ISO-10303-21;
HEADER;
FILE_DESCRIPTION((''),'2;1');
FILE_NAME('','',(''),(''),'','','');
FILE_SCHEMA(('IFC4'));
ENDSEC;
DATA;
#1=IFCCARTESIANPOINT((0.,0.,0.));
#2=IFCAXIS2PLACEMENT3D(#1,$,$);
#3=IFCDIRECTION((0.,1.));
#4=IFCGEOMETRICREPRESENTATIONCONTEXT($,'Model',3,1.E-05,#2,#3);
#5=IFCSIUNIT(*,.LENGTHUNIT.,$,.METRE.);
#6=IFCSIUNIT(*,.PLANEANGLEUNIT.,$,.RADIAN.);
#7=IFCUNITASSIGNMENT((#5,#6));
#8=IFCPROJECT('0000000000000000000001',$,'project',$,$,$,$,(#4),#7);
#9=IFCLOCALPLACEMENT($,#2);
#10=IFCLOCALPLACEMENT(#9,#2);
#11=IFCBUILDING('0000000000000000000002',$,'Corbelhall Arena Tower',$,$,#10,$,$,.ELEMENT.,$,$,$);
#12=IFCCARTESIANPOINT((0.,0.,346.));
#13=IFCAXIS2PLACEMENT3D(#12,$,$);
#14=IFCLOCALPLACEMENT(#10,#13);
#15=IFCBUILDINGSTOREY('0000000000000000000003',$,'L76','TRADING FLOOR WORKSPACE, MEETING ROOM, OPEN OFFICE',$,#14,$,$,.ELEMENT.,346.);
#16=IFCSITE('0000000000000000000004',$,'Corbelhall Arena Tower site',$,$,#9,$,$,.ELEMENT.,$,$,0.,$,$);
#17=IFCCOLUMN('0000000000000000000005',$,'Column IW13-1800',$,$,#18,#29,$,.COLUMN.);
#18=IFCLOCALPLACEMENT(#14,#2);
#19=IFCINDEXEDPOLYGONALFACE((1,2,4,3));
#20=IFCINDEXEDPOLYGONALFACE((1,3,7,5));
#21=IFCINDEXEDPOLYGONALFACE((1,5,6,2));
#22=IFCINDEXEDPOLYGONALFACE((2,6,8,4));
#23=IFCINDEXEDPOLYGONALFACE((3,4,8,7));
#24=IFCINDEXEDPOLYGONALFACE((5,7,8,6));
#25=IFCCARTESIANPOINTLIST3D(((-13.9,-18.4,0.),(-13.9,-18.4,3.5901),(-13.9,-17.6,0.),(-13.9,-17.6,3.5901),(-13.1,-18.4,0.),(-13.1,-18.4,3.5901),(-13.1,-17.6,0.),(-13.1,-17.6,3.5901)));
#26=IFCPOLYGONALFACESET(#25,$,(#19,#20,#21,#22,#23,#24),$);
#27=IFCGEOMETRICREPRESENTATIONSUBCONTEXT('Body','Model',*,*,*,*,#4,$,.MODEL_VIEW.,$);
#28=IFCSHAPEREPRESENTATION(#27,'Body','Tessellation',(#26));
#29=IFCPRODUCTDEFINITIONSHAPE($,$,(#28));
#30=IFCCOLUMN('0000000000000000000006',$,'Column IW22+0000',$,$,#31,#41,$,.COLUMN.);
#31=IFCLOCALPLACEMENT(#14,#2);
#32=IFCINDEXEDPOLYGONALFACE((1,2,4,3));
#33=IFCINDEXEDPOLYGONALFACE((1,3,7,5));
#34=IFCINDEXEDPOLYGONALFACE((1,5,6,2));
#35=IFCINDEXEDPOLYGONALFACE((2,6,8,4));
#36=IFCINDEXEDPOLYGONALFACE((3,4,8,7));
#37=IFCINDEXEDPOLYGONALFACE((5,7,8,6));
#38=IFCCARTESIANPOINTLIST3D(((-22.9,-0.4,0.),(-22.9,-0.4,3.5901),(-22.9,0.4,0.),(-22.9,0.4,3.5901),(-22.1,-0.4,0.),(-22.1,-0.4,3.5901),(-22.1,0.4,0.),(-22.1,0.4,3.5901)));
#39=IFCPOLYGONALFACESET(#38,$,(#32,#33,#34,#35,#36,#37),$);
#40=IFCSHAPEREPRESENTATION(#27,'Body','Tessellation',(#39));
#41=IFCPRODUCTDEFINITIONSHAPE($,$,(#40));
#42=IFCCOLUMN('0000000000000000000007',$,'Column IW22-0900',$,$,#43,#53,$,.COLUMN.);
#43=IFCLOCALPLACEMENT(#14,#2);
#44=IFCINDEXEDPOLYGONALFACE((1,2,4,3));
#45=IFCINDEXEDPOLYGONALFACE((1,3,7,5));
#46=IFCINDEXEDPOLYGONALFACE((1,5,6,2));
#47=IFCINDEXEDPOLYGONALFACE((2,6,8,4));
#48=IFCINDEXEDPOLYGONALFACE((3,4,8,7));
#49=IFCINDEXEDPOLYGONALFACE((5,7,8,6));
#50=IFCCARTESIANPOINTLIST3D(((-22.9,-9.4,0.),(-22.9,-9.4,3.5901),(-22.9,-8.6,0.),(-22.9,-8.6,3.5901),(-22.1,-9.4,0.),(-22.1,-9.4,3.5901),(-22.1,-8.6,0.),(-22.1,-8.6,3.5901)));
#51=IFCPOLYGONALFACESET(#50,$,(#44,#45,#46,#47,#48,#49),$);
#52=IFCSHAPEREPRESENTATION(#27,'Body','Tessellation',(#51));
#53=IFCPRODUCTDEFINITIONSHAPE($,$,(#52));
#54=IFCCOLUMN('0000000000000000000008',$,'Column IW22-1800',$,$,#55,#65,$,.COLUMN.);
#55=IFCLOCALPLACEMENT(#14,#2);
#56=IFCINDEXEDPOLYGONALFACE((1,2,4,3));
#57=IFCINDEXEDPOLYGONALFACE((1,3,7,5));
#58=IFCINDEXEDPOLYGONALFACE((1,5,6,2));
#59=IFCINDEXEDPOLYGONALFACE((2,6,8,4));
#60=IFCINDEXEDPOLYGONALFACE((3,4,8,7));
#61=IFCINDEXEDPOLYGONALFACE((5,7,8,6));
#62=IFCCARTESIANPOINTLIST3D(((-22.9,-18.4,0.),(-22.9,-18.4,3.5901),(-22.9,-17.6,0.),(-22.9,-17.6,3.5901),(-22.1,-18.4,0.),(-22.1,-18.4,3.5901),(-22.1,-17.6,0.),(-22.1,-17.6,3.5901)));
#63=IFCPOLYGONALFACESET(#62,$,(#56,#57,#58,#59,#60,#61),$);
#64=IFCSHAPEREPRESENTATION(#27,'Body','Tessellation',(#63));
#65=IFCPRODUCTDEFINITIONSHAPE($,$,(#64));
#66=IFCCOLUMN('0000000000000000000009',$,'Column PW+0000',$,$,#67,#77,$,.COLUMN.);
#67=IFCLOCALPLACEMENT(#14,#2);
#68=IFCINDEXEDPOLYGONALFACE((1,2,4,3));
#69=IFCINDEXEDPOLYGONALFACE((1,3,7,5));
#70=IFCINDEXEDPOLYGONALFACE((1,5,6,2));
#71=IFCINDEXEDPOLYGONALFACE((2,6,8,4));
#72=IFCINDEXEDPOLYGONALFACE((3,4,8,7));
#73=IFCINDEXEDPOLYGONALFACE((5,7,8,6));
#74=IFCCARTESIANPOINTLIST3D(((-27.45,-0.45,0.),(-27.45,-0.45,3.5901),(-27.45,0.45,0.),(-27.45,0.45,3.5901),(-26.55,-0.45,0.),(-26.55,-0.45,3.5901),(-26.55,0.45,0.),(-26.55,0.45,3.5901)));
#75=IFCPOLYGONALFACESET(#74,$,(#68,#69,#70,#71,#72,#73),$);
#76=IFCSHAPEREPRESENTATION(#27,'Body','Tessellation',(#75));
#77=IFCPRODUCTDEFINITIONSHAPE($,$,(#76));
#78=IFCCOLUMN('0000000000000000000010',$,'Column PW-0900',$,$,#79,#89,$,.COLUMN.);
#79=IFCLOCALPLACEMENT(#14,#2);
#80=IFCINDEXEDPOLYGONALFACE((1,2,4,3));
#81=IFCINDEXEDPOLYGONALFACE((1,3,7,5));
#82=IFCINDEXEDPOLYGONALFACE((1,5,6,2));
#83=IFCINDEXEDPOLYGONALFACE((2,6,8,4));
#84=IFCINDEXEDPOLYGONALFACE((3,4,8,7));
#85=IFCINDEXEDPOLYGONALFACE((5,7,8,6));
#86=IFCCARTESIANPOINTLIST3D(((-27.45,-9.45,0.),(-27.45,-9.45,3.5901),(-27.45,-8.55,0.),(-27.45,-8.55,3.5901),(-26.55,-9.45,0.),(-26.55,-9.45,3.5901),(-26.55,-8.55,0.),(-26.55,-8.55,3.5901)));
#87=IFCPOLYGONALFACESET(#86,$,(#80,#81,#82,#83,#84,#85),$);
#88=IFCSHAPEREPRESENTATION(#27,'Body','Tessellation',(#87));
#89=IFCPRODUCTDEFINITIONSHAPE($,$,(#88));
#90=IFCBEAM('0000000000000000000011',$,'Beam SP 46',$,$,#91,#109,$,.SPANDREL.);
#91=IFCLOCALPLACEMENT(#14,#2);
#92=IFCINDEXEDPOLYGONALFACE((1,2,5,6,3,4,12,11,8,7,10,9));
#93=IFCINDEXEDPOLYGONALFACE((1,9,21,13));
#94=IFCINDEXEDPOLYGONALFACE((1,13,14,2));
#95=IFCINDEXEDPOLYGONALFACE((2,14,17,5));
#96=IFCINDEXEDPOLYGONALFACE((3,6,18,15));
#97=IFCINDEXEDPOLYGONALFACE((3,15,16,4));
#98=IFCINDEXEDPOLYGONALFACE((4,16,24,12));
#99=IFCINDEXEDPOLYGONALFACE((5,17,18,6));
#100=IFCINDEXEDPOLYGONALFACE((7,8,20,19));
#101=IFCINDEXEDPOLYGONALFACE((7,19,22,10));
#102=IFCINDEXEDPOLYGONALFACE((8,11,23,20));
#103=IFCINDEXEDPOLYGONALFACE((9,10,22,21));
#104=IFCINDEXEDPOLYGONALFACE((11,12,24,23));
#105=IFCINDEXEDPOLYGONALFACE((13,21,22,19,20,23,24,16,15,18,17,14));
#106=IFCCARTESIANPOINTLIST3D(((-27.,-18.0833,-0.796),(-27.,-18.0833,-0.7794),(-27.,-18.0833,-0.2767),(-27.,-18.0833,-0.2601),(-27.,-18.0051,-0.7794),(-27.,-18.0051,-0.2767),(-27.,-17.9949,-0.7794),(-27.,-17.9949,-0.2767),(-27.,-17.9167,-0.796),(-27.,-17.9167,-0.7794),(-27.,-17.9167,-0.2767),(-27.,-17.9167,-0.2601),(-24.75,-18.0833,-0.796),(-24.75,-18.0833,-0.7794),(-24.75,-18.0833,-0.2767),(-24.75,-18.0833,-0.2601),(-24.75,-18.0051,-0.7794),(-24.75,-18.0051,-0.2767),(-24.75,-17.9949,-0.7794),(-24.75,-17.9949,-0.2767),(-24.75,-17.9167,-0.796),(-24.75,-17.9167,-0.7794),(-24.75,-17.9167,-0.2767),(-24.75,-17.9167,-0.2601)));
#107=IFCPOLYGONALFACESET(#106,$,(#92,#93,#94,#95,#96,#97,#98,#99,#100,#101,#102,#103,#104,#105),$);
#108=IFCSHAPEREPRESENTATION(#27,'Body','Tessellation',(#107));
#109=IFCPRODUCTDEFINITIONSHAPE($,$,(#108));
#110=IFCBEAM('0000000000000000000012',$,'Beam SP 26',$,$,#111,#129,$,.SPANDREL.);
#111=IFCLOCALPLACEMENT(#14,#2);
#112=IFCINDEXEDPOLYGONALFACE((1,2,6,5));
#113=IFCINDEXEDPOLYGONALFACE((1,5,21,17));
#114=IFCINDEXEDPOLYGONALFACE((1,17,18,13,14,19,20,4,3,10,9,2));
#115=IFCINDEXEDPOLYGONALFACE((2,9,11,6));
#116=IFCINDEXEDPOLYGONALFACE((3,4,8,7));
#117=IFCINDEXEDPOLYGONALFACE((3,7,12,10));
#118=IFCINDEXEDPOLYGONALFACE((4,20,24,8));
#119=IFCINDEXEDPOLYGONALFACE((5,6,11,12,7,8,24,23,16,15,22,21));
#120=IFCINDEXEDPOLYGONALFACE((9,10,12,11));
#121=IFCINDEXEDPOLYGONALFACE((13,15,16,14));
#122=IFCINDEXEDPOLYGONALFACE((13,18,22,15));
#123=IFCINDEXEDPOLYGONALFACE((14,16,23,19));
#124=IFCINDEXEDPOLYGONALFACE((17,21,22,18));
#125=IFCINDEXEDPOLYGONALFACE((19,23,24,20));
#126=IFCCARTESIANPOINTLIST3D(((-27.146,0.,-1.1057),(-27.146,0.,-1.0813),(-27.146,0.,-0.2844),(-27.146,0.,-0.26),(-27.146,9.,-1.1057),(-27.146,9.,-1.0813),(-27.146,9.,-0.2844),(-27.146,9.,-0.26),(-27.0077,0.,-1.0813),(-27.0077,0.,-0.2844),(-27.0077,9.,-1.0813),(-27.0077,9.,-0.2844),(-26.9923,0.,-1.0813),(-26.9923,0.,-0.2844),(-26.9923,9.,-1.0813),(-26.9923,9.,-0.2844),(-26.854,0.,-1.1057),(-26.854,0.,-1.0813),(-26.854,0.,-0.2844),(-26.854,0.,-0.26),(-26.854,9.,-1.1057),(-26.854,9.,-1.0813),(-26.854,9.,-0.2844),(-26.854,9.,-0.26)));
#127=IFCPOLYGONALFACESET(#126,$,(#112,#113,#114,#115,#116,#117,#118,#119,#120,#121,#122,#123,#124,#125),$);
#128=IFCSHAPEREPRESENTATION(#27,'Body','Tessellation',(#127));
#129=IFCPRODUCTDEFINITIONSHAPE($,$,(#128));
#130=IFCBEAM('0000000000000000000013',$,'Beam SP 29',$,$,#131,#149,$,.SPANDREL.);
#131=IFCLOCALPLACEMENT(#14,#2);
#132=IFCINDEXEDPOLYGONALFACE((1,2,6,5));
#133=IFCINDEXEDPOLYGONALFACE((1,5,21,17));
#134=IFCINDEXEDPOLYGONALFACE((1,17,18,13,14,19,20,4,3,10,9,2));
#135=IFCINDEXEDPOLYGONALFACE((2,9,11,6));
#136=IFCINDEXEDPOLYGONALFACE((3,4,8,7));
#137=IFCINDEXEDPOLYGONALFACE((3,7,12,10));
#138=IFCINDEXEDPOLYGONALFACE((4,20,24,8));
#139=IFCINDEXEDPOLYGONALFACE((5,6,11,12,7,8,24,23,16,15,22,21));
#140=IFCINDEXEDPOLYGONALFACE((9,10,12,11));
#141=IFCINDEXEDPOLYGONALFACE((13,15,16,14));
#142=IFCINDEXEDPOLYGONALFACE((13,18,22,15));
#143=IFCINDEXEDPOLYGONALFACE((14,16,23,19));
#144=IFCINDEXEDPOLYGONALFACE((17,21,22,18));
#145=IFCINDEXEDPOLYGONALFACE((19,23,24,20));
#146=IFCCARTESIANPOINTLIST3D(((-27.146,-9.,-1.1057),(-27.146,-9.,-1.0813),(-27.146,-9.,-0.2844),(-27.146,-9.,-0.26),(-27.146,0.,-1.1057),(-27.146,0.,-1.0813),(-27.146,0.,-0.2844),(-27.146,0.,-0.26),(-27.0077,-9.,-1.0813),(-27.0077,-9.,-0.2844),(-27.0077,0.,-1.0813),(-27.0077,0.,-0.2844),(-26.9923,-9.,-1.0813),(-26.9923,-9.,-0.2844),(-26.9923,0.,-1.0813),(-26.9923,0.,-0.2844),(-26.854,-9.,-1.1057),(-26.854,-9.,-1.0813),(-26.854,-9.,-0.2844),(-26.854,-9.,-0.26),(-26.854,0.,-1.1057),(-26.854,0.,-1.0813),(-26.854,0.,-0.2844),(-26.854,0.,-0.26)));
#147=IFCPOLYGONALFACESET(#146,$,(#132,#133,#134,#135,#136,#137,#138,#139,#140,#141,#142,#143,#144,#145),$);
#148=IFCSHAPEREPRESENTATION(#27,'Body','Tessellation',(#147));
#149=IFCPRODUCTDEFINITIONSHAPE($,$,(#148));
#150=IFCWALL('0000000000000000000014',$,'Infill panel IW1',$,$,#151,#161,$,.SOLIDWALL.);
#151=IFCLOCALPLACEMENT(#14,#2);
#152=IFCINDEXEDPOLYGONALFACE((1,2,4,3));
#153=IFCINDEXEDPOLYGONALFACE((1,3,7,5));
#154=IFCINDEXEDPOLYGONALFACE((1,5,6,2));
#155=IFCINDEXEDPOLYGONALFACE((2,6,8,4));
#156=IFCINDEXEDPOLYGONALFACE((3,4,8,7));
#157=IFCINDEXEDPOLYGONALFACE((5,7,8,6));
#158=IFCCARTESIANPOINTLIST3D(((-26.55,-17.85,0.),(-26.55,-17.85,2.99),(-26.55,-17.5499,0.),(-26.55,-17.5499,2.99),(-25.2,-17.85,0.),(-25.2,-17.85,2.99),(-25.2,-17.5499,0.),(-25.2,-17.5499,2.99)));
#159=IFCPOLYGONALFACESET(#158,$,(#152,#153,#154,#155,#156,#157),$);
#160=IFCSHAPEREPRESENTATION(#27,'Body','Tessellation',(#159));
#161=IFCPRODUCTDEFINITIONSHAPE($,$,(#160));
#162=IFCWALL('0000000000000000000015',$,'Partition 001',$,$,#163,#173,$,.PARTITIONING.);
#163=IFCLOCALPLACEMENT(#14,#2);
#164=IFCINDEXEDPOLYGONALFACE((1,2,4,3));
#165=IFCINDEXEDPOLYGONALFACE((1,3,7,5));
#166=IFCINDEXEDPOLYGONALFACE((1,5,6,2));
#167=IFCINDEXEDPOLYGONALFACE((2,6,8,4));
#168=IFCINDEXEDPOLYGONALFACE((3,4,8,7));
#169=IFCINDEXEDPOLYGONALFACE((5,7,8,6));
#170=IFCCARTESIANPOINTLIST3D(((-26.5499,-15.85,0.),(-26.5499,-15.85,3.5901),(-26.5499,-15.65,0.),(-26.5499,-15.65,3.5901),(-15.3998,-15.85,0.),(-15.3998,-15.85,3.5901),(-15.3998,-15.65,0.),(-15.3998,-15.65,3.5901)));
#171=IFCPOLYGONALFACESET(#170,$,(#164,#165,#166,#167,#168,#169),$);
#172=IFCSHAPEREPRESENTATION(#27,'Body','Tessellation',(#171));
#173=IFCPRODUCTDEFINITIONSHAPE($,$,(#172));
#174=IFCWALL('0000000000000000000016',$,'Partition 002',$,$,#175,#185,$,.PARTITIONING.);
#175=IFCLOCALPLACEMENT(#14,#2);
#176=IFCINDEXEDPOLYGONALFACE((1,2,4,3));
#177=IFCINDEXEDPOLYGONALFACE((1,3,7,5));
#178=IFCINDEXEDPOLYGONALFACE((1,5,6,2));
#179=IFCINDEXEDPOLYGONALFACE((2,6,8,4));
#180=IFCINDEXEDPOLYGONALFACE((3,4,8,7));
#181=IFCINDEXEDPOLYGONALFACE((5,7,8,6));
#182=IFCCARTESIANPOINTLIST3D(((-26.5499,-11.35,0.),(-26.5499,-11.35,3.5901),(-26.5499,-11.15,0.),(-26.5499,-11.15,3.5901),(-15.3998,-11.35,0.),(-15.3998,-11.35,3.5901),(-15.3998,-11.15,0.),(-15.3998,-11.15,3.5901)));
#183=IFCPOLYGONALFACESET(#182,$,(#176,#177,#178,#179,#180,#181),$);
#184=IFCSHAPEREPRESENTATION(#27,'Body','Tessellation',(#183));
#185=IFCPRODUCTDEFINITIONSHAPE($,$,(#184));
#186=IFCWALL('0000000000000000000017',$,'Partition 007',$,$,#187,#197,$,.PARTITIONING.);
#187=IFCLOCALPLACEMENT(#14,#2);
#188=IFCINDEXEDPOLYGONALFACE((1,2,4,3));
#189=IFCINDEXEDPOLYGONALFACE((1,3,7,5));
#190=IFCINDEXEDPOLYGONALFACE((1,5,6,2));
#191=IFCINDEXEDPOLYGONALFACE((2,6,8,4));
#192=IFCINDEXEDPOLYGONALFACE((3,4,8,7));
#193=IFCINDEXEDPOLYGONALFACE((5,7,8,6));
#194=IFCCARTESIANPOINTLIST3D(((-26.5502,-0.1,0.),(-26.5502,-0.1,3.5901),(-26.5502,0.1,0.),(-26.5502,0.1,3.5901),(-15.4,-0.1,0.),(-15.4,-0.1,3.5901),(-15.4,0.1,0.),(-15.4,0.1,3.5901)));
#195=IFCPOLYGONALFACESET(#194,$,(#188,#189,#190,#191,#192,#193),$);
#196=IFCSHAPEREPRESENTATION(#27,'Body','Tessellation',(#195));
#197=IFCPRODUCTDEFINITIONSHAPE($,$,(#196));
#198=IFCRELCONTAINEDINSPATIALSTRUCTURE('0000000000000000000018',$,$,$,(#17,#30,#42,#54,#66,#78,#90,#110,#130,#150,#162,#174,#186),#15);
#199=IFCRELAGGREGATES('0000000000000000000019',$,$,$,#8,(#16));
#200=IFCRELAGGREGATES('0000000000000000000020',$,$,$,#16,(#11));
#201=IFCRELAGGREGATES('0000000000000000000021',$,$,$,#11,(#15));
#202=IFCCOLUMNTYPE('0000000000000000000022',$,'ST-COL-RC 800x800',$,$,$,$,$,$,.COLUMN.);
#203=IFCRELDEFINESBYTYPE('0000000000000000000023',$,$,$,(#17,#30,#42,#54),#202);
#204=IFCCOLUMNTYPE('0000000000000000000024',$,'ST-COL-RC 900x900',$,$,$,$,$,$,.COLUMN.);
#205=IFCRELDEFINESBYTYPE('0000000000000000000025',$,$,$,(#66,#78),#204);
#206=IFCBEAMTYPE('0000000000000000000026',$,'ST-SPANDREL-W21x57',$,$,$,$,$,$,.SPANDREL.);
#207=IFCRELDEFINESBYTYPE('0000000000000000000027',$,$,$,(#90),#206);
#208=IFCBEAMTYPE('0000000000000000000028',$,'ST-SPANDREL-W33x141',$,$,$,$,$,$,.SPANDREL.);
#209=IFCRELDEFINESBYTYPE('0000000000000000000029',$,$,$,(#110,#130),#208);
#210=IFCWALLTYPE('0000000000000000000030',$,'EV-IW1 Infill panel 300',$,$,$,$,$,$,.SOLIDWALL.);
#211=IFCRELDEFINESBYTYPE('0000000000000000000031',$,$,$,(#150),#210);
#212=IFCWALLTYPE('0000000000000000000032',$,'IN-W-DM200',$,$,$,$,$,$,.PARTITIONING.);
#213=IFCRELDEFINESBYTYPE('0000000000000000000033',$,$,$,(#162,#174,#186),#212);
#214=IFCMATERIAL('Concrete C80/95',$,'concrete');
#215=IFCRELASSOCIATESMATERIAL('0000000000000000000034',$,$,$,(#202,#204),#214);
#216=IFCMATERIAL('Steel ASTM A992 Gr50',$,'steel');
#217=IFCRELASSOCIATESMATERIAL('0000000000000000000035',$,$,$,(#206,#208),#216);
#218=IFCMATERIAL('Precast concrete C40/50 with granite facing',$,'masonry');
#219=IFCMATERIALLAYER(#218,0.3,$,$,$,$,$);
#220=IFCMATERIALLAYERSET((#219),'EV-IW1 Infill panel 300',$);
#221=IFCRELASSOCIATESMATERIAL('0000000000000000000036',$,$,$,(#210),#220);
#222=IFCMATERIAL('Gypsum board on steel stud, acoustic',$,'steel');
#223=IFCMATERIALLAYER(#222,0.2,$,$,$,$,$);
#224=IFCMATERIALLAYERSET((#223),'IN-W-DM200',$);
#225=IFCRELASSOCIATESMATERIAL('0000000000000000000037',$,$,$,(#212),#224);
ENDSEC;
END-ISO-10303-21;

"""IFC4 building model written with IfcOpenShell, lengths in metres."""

from ifc_helpers import new_model, si_unit, direction, frame, frame_2d, origin, origin_2d, place, context, subcontext, project, spatial, rectangle, i_section, extrude, material, layer, layer_set, material_profile, profile_set, type_object, element, save


model = new_model("IFC4")

# Units and contexts
model_context = context("Model", 3, precision=1e-05, world=origin(), true_north=direction((0.0, 1.0)))
body_context = subcontext(model_context, "Body", "Model", "MODEL_VIEW")
ifc_project = project(units=[si_unit("LENGTHUNIT", "METRE"), si_unit("PLANEANGLEUNIT", "RADIAN")], contexts=[model_context])

# Site, building, storey
site_placement = place(None, origin())
site = spatial("IfcSite", under=ifc_project, at=site_placement, Name="Corbelhall Arena Tower site", CompositionType="ELEMENT", RefElevation=0.0)
building_placement = place(site_placement, origin())
building = spatial("IfcBuilding", under=site, at=building_placement, Name="Corbelhall Arena Tower", CompositionType="ELEMENT")
storey_placement = place(building_placement, frame((0.0, 0.0, 346.0)))
storey = spatial("IfcBuildingStorey", under=building, at=storey_placement, Name="L76", Description="TRADING FLOOR WORKSPACE, MEETING ROOM, OPEN OFFICE", CompositionType="ELEMENT", Elevation=346.0)

# Columns
ifc_material_1 = material(Name="Concrete C80/95", Category="concrete")
ifc_material_profile_1 = material_profile(ifc_material_1, rectangle(XDim=0.8, YDim=0.8, at=origin_2d()))
ifc_profile_set_1 = profile_set([ifc_material_profile_1], Name="Concrete C80/95")
column_type_1 = type_object("IfcColumnType", Name="ST-COL-RC 800x800", PredefinedType="COLUMN", material=ifc_profile_set_1)
for number, where, z_axis, x_axis, name in (
    (1, (-13.5, -18.0, 0.0), (0.0, 0.0, 1.0), (1.0, 0.0, 0.0), "Column IW13-1800"),
    (2, (-22.5, 0.0, 0.0), (0.0, 0.0, 1.0), (1.0, 0.0, 0.0), "Column IW22+0000"),
    (3, (-22.5, -9.0, 0.0), (0.0, 0.0, 1.0), (1.0, 0.0, 0.0), "Column IW22-0900"),
    (4, (-22.5, -18.0, 0.0), (0.0, 0.0, 1.0), (1.0, 0.0, 0.0), "Column IW22-1800"),
):
    element("IfcColumn", number, at=place(storey_placement, frame(where, z_axis=z_axis, x_axis=x_axis)), inside=storey, type_object=column_type_1, Name=name, PredefinedType="COLUMN", context=body_context, shape_type="SweptSolid", body=[
        extrude(rectangle(XDim=0.8, YDim=0.8, at=origin_2d()), origin(), (0.0, 0.0, 1.0), 3.5901),
    ])
ifc_material_profile_2 = material_profile(ifc_material_1, rectangle(XDim=0.8999, YDim=0.8999, at=origin_2d()))
ifc_profile_set_2 = profile_set([ifc_material_profile_2], Name="Concrete C80/95")
column_type_2 = type_object("IfcColumnType", Name="ST-COL-RC 900x900", PredefinedType="COLUMN", material=ifc_profile_set_2)
for number, where, z_axis, x_axis, name in (
    (5, (-27.0, 0.0, 0.0), (0.0, 0.0, 1.0), (0.0, 1.0, 0.0), "Column PW+0000"),
    (6, (-27.0, -9.0, 0.0), (0.0, 0.0, 1.0), (0.0, 1.0, 0.0), "Column PW-0900"),
):
    element("IfcColumn", number, at=place(storey_placement, frame(where, z_axis=z_axis, x_axis=x_axis)), inside=storey, type_object=column_type_2, Name=name, PredefinedType="COLUMN", context=body_context, shape_type="SweptSolid", body=[
        extrude(rectangle(XDim=0.8999, YDim=0.8999, at=origin_2d()), origin(), (0.0, 0.0, 1.0), 3.5901),
    ])

# Beams
ifc_material_2 = material(Name="Steel ASTM A992 Gr50", Category="steel")
ifc_material_profile_3 = material_profile(ifc_material_2, i_section(OverallWidth=0.1665, OverallDepth=0.5359, WebThickness=0.0103, FlangeThickness=0.0166, at=origin_2d()))
ifc_profile_set_3 = profile_set([ifc_material_profile_3], Name="Steel ASTM A992 Gr50")
beam_type_1 = type_object("IfcBeamType", Name="ST-SPANDREL-W21x57", PredefinedType="SPANDREL", material=ifc_profile_set_3)
beam_placement = place(storey_placement, frame((-24.75, -18.0, -0.5281), z_axis=(-1.0, 0.0, 0.0), x_axis=(0.0, -1.0, 0.0)))
element("IfcBeam", 7, at=beam_placement, inside=storey, type_object=beam_type_1, Name="Beam SP 46", PredefinedType="SPANDREL", context=body_context, shape_type="SweptSolid", body=[
    extrude(i_section(OverallWidth=0.1665, OverallDepth=0.5359, WebThickness=0.0103, FlangeThickness=0.0166, at=origin_2d()), origin(), (0.0, 0.0, 1.0), 2.25),
])
ifc_material_profile_4 = material_profile(ifc_material_2, i_section(OverallWidth=0.292, OverallDepth=0.8457, WebThickness=0.0154, FlangeThickness=0.0244, at=origin_2d()))
ifc_profile_set_4 = profile_set([ifc_material_profile_4], Name="Steel ASTM A992 Gr50")
beam_type_2 = type_object("IfcBeamType", Name="ST-SPANDREL-W33x141", PredefinedType="SPANDREL", material=ifc_profile_set_4)
for number, where, z_axis, x_axis, name in (
    (8, (-27.0, 0.0, -0.6829), (0.0, 1.0, 0.0), (-1.0, 0.0, 0.0), "Beam SP 26"),
    (9, (-27.0, -9.0, -0.6829), (0.0, 1.0, 0.0), (-1.0, 0.0, 0.0), "Beam SP 29"),
):
    element("IfcBeam", number, at=place(storey_placement, frame(where, z_axis=z_axis, x_axis=x_axis)), inside=storey, type_object=beam_type_2, Name=name, PredefinedType="SPANDREL", context=body_context, shape_type="SweptSolid", body=[
        extrude(i_section(OverallWidth=0.292, OverallDepth=0.8457, WebThickness=0.0154, FlangeThickness=0.0244, at=origin_2d()), origin(), (0.0, 0.0, 1.0), 9.0),
    ])

# Shared definitions
ifc_material_3 = material(Name="Precast concrete C40/50 with granite facing", Category="masonry")
ifc_layer_1 = layer(ifc_material_3, 0.3)
ifc_layer_set_1 = layer_set([ifc_layer_1], Name="EV-IW1 Infill panel 300")
wall_type_1 = type_object("IfcWallType", Name="EV-IW1 Infill panel 300", PredefinedType="SOLIDWALL", material=ifc_layer_set_1)

# Walls
wall_1_placement = place(storey_placement, frame((-26.55, -17.7, 0.0), z_axis=(0.0, 0.0, 1.0), x_axis=(1.0, 0.0, 0.0)))
element("IfcWall", 10, at=wall_1_placement, inside=storey, type_object=wall_type_1, Name="Infill panel IW1", PredefinedType="SOLIDWALL", context=body_context, shape_type="SweptSolid", body=[
    extrude(rectangle(XDim=1.3501, YDim=0.3, at=frame_2d((0.675, 0.0))), origin(), (0.0, 0.0, 1.0), 2.99),
])
ifc_material_4 = material(Name="Gypsum board on steel stud, acoustic", Category="steel")
ifc_layer_2 = layer(ifc_material_4, 0.2)
ifc_layer_set_2 = layer_set([ifc_layer_2], Name="IN-W-DM200")
wall_type_2 = type_object("IfcWallType", Name="IN-W-DM200", PredefinedType="PARTITIONING", material=ifc_layer_set_2)
for number, where, z_axis, x_axis, name in (
    (11, (-26.55, -15.75, 0.0), (0.0, 0.0, 1.0), (1.0, 0.0, 0.0), "Partition 001"),
    (12, (-26.55, -11.25, 0.0), (0.0, 0.0, 1.0), (1.0, 0.0, 0.0), "Partition 002"),
):
    element("IfcWall", number, at=place(storey_placement, frame(where, z_axis=z_axis, x_axis=x_axis)), inside=storey, type_object=wall_type_2, Name=name, PredefinedType="PARTITIONING", context=body_context, shape_type="SweptSolid", body=[
        extrude(rectangle(XDim=11.1501, YDim=0.2, at=frame_2d((5.5752, 0.0))), origin(), (0.0, 0.0, 1.0), 3.5901),
    ])

# Wall
wall_2_placement = place(storey_placement, frame((-15.3999, 0.0, 0.0), z_axis=(0.0, 0.0, 1.0), x_axis=(-1.0, 0.0, 0.0)))
element("IfcWall", 13, at=wall_2_placement, inside=storey, type_object=wall_type_2, Name="Partition 007", PredefinedType="PARTITIONING", context=body_context, shape_type="SweptSolid", body=[
    extrude(rectangle(XDim=11.1501, YDim=0.2, at=frame_2d((5.5752, 0.0))), origin(), (0.0, 0.0, 1.0), 3.5901),
])

save(model, "model.ifc")
